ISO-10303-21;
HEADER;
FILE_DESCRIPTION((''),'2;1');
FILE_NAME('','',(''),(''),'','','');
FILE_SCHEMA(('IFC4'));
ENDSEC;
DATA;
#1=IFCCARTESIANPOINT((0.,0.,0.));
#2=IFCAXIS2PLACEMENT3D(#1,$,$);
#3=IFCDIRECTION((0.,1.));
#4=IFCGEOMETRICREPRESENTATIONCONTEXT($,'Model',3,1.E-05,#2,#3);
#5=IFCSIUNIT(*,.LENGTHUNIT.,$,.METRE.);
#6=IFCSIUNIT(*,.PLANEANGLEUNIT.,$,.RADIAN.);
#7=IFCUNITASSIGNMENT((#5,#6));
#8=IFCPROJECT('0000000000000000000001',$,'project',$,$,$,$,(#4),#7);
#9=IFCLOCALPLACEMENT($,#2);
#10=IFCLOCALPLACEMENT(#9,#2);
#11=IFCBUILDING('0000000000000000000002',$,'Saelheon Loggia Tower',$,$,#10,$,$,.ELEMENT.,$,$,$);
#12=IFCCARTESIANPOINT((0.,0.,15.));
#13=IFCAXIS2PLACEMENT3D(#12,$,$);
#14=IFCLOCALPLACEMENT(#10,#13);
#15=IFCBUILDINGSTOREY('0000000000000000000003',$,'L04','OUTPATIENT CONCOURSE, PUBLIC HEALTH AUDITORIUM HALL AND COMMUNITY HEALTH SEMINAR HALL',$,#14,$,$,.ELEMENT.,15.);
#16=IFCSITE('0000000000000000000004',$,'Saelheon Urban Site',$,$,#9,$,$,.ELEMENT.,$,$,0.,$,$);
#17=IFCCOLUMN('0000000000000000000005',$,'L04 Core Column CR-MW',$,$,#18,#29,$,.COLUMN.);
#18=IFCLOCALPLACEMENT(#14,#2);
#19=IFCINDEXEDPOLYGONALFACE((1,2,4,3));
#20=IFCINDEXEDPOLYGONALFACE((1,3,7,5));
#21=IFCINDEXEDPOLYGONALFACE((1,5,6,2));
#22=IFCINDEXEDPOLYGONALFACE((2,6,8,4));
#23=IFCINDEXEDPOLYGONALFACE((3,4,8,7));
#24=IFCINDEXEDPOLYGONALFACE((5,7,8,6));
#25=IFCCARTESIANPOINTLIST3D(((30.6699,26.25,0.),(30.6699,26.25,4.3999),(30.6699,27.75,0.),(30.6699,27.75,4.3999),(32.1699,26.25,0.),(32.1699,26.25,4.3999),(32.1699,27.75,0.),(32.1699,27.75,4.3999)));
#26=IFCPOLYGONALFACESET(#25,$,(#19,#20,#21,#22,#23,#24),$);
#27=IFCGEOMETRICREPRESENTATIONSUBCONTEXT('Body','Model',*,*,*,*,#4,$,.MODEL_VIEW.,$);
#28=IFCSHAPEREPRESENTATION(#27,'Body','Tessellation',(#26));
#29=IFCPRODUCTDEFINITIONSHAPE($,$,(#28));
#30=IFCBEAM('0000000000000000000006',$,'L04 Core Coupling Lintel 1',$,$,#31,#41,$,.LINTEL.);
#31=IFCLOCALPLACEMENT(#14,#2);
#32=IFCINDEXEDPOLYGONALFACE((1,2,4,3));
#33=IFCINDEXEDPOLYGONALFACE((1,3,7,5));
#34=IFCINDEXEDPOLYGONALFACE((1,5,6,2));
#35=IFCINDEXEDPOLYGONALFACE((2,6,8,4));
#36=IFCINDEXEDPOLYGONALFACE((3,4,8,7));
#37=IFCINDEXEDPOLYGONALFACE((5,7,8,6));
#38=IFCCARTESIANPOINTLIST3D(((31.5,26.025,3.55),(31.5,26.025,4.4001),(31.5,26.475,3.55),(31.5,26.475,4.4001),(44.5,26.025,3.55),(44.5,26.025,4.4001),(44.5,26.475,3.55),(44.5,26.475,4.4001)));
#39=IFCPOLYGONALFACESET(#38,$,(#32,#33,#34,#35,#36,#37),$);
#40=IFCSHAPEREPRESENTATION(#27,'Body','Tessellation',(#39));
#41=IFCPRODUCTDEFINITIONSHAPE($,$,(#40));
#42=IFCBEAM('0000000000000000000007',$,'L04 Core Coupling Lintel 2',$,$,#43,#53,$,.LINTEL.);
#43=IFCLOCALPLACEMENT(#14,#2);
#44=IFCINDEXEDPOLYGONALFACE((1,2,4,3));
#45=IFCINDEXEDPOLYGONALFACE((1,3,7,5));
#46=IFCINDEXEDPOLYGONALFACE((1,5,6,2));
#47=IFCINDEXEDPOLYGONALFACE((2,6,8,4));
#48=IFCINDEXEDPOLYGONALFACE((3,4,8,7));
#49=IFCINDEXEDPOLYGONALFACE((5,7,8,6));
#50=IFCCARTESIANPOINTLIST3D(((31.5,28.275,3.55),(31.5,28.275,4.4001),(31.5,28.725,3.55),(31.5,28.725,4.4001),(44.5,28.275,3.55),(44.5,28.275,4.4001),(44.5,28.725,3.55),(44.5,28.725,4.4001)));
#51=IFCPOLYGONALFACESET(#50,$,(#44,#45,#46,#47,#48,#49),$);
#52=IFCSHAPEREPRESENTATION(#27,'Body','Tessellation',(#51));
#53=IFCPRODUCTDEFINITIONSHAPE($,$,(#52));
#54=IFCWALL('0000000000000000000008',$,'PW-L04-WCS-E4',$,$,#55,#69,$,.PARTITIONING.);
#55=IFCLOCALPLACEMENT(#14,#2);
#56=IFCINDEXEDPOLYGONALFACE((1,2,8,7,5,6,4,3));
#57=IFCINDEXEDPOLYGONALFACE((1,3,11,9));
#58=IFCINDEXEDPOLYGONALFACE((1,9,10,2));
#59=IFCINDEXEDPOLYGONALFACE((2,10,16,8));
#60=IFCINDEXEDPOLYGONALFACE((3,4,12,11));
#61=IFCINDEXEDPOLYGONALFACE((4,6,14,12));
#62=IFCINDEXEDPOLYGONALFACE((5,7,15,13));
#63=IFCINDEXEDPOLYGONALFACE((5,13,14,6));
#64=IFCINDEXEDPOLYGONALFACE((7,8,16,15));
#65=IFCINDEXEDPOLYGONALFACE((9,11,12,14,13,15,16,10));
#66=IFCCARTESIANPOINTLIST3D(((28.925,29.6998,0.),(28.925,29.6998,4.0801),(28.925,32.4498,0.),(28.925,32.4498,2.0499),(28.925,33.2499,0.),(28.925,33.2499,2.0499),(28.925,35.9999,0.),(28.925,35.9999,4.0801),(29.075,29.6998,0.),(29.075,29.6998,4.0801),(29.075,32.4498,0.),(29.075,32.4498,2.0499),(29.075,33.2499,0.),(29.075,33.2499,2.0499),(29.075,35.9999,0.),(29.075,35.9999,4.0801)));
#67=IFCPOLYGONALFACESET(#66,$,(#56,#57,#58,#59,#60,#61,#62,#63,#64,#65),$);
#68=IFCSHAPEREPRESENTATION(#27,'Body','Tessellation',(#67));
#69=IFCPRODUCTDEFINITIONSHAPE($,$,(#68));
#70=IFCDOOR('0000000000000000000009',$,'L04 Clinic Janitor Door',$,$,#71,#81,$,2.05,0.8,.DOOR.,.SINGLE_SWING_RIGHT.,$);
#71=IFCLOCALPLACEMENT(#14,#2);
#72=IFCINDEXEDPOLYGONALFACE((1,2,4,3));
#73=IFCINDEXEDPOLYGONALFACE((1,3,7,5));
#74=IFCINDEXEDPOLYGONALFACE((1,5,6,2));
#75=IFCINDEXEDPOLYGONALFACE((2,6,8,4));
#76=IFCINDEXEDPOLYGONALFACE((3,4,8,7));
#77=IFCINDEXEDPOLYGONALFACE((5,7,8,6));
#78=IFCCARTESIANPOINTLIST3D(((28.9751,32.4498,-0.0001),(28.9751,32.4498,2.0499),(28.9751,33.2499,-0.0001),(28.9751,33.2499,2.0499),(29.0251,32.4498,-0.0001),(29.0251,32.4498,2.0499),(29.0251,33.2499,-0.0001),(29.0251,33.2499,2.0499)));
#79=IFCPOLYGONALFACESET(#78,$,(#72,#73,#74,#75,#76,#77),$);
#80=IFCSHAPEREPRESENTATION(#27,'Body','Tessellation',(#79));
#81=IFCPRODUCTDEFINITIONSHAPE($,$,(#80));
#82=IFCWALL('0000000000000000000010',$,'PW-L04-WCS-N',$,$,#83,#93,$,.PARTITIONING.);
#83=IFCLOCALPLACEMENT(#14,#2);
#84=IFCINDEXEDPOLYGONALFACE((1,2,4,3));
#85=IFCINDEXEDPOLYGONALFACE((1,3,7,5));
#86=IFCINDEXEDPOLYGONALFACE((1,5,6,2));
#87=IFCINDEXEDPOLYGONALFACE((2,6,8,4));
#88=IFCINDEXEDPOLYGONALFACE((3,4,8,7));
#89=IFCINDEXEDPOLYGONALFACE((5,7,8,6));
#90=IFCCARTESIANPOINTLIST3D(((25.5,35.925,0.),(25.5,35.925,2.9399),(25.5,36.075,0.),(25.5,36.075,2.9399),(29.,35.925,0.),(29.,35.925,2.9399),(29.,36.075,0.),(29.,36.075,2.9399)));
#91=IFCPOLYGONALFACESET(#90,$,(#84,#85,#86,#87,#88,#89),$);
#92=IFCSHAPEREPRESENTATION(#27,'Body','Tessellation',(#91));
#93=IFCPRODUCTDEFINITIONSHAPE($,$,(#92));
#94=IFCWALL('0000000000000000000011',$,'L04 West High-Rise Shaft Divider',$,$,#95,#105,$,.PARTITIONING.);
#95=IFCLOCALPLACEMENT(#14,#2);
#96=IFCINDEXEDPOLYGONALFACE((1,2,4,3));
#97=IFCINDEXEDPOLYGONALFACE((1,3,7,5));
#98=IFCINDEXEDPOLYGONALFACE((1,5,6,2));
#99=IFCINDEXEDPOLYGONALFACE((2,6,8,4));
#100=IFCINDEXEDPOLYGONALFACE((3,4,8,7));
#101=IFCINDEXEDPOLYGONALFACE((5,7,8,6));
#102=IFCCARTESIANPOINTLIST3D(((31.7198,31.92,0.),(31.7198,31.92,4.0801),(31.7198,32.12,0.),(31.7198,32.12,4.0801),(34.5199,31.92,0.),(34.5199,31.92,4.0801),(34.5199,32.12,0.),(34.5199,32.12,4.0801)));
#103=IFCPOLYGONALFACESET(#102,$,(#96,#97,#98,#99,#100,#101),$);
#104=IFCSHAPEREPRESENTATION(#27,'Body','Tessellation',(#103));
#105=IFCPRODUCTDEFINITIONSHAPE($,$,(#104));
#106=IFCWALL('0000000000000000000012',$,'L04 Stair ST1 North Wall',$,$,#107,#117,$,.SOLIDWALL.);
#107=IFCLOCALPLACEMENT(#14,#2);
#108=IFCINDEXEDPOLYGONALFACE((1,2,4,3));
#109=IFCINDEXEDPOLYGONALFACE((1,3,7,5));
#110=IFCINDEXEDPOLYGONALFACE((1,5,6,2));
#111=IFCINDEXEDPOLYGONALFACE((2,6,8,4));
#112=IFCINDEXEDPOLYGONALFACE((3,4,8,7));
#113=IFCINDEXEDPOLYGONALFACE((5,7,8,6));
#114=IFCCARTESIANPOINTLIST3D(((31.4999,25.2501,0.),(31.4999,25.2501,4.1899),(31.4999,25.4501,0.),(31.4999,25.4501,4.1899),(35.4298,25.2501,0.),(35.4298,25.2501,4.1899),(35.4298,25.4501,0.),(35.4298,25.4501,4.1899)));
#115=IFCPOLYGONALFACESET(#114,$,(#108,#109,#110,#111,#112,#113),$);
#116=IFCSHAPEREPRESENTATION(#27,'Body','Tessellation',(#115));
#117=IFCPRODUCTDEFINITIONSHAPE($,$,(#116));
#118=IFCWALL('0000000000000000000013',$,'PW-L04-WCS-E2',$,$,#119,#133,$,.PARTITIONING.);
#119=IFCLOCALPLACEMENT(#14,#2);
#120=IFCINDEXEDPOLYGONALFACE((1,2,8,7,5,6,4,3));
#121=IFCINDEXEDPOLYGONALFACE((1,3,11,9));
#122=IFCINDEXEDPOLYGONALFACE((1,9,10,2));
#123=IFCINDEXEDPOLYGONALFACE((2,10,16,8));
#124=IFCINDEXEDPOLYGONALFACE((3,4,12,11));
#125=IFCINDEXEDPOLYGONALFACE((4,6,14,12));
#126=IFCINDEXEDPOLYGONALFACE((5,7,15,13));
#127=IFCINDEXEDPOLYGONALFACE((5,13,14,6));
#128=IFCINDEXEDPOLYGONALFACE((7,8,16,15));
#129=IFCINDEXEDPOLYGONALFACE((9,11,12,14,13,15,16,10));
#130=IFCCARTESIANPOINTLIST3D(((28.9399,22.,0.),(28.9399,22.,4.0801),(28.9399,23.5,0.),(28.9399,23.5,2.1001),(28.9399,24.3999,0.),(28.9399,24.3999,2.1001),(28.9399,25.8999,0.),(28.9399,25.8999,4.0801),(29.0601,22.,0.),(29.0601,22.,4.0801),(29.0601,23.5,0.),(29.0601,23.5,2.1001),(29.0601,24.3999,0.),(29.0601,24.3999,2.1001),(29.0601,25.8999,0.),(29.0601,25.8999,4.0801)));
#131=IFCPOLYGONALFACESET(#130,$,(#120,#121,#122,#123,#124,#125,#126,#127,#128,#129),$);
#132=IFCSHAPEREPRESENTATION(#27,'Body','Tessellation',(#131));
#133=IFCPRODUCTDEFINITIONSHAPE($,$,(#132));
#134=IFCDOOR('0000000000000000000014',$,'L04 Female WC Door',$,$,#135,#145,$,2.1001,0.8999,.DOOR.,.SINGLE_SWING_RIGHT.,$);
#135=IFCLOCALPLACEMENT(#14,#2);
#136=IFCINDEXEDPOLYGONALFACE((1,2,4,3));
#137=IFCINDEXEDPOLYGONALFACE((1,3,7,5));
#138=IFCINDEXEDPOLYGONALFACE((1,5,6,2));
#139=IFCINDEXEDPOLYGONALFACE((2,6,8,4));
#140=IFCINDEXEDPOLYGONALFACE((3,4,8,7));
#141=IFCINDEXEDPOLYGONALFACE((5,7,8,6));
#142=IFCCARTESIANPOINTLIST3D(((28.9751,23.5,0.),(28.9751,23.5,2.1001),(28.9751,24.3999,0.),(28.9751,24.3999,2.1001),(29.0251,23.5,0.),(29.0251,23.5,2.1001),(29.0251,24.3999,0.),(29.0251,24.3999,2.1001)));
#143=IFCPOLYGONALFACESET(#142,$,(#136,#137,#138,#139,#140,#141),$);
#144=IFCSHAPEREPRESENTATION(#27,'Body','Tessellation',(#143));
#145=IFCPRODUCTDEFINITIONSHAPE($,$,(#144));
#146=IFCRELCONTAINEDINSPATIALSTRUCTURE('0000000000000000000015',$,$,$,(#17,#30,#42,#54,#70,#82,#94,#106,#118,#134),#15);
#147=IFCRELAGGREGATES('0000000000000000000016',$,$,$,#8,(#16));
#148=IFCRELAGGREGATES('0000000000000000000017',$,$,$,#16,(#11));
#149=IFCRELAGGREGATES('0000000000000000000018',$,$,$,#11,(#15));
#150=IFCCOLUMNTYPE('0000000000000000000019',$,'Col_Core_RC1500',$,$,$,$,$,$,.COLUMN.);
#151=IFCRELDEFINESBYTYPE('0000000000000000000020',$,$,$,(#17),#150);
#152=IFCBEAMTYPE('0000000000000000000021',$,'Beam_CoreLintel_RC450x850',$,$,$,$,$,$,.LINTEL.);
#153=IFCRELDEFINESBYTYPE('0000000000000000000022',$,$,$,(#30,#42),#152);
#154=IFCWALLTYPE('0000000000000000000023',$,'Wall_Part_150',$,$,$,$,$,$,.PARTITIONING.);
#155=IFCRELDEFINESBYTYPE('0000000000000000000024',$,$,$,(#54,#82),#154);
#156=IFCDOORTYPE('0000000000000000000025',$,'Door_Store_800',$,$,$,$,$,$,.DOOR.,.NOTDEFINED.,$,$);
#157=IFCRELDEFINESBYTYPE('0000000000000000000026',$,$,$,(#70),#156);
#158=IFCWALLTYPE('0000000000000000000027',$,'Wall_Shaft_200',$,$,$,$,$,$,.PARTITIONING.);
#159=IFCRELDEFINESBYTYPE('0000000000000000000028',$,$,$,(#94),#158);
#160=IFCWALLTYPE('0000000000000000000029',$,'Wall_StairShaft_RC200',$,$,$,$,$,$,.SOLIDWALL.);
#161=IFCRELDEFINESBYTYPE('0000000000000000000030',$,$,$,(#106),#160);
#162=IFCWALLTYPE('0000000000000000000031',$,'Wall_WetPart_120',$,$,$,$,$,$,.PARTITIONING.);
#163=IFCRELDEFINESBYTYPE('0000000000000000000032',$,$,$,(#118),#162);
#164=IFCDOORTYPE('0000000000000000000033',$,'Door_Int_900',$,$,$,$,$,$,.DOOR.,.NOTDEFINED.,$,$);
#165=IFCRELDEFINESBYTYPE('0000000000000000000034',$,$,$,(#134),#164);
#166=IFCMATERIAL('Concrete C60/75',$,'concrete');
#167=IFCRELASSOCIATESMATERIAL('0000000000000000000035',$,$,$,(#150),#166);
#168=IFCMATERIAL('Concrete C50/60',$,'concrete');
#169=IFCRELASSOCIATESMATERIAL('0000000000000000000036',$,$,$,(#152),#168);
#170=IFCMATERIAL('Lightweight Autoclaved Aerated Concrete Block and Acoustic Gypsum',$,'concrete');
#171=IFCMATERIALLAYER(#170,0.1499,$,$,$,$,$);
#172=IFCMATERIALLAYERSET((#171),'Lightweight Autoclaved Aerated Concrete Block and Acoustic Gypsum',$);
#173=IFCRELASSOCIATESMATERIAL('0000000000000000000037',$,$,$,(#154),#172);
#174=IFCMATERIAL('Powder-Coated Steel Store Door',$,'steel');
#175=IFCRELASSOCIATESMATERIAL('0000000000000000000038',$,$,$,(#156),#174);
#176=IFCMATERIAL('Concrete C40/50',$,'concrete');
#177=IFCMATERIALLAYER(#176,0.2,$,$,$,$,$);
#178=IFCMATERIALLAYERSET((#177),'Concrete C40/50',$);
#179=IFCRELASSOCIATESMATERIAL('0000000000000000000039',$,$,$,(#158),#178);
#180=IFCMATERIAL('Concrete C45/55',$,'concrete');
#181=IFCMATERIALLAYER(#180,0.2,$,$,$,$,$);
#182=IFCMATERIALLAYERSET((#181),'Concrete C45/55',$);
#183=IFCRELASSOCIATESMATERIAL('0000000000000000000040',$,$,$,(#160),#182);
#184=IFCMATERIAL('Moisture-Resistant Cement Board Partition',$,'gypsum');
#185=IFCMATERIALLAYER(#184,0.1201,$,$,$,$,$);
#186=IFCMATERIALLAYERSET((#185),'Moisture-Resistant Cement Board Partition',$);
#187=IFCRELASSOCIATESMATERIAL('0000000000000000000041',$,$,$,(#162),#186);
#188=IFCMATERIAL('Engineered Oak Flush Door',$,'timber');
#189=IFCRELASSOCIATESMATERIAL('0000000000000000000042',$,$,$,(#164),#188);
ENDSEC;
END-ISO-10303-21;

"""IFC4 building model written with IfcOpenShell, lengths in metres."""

from ifc_helpers import new_model, si_unit, direction, frame, frame_2d, origin, origin_2d, place, context, subcontext, project, spatial, rectangle, extrude, source, transform, mapped, material, layer, layer_set, material_profile, profile_set, type_object, element, fill, save


model = new_model("IFC4")

# Units and contexts
model_context = context("Model", 3, precision=1e-05, world=origin(), true_north=direction((0.0, 1.0)))
body_context = subcontext(model_context, "Body", "Model", "MODEL_VIEW")
ifc_project = project(units=[si_unit("LENGTHUNIT", "METRE"), si_unit("PLANEANGLEUNIT", "RADIAN")], contexts=[model_context])

# Site, building, storey
site_placement = place(None, origin())
site = spatial("IfcSite", under=ifc_project, at=site_placement, Name="Saelheon Urban Site", CompositionType="ELEMENT", RefElevation=0.0)
building_placement = place(site_placement, origin())
building = spatial("IfcBuilding", under=site, at=building_placement, Name="Saelheon Loggia Tower", CompositionType="ELEMENT")
storey_placement = place(building_placement, frame((0.0, 0.0, 15.0)))
storey = spatial("IfcBuildingStorey", under=building, at=storey_placement, Name="L04", Description="OUTPATIENT CONCOURSE, PUBLIC HEALTH AUDITORIUM HALL AND COMMUNITY HEALTH SEMINAR HALL", CompositionType="ELEMENT", Elevation=15.0)

# Column
ifc_material_1 = material(Name="Concrete C60/75", Category="concrete")
ifc_material_profile_1 = material_profile(ifc_material_1, rectangle(XDim=1.5, YDim=1.5, at=origin_2d()), Name="RC-1500x1500")
ifc_profile_set_1 = profile_set([ifc_material_profile_1], Name="Concrete C60/75")
column_type = type_object("IfcColumnType", Name="Col_Core_RC1500", PredefinedType="COLUMN", material=ifc_profile_set_1)
shared_shape_1 = source(origin(), body_context, "Body", "SweptSolid", [
    extrude(rectangle(XDim=1.5, YDim=1.5, at=origin_2d()), origin(), (0.0, 0.0, 1.0), 4.3999),
])
column_placement = place(storey_placement, frame((31.4199, 27.0, 0.0), z_axis=(0.0, 0.0, 1.0), x_axis=(1.0, 0.0, 0.0)))
element("IfcColumn", 1, at=column_placement, inside=storey, type_object=column_type, Name="L04 Core Column CR-MW", PredefinedType="COLUMN", context=body_context, shape_type="MappedRepresentation", body=[
    mapped(shared_shape_1, transform((0.0, 0.0, 0.0), scale=1.0)),
])

# Beams
ifc_material_2 = material(Name="Concrete C50/60", Category="concrete")
ifc_material_profile_2 = material_profile(ifc_material_2, rectangle(XDim=0.45, YDim=0.8501, at=origin_2d()), Name="RC-450x850")
ifc_profile_set_2 = profile_set([ifc_material_profile_2], Name="Concrete C50/60")
beam_type = type_object("IfcBeamType", Name="Beam_CoreLintel_RC450x850", PredefinedType="LINTEL", material=ifc_profile_set_2)
shared_shape_2 = source(origin(), body_context, "Body", "SweptSolid", [
    extrude(rectangle(XDim=0.45, YDim=0.8501, at=origin_2d()), origin(), (0.0, 0.0, 1.0), 13.0),
])
for number, where, z_axis, x_axis, name in (
    (2, (31.5, 26.25, 3.9751), (1.0, 0.0, 0.0), (0.0, 1.0, 0.0), "L04 Core Coupling Lintel 1"),
    (3, (31.5, 28.5, 3.9751), (1.0, 0.0, 0.0), (0.0, 1.0, 0.0), "L04 Core Coupling Lintel 2"),
):
    element("IfcBeam", number, at=place(storey_placement, frame(where, z_axis=z_axis, x_axis=x_axis)), inside=storey, type_object=beam_type, Name=name, PredefinedType="LINTEL", context=body_context, shape_type="MappedRepresentation", body=[
        mapped(shared_shape_2, transform((0.0, 0.0, 0.0), scale=1.0)),
    ])

# Wall, opening, door
ifc_material_3 = material(Name="Lightweight Autoclaved Aerated Concrete Block and Acoustic Gypsum", Category="concrete")
ifc_layer_1 = layer(ifc_material_3, 0.1499)
ifc_layer_set_1 = layer_set([ifc_layer_1], Name="Lightweight Autoclaved Aerated Concrete Block and Acoustic Gypsum")
wall_type_1 = type_object("IfcWallType", Name="Wall_Part_150", PredefinedType="PARTITIONING", material=ifc_layer_set_1)
wall_1_placement = place(storey_placement, frame((29.0, 29.7, 0.0), z_axis=(0.0, 0.0, 1.0), x_axis=(0.0, 1.0, 0.0)))
wall_1 = element("IfcWall", 4, at=wall_1_placement, inside=storey, type_object=wall_type_1, Name="PW-L04-WCS-E4", PredefinedType="PARTITIONING", context=body_context, shape_type="SweptSolid", body=[
    extrude(rectangle(XDim=6.3, YDim=0.1499, at=frame_2d((3.1499, 0.0))), origin(), (0.0, 0.0, 1.0), 4.0801),
])
opening_1_placement = place(wall_1_placement, frame((2.75, 0.0, 0.0)))
opening_1 = element("IfcOpeningElement", 5, at=opening_1_placement, cuts=wall_1, PredefinedType="OPENING", context=body_context, shape_type="SweptSolid", body=[
    extrude(rectangle(XDim=0.8, YDim=2.05, at=frame_2d((0.3999, 1.0249))), frame((0.0, 0.0869, 0.0), z_axis=(0.0, -1.0, 0.0), x_axis=(1.0, 0.0, 0.0)), (0.0, 0.0, 1.0), 0.1738),
])
ifc_material_4 = material(Name="Powder-Coated Steel Store Door", Category="steel")
door_type_1 = type_object("IfcDoorType", Name="Door_Store_800", OperationType="NOTDEFINED", PredefinedType="DOOR", material=ifc_material_4)
shared_shape_3 = source(origin(), body_context, "Body", "SweptSolid", [
    extrude(rectangle(XDim=0.8, YDim=2.05, at=frame_2d((0.3999, 1.0249))), frame((0.0, 0.0249, 0.0), z_axis=(0.0, -1.0, 0.0), x_axis=(1.0, 0.0, 0.0)), (0.0, 0.0, 1.0), 0.05),
])
door_1_placement = place(opening_1_placement, origin())
door_1 = element("IfcDoor", 6, at=door_1_placement, inside=storey, type_object=door_type_1, Name="L04 Clinic Janitor Door", OperationType="SINGLE_SWING_RIGHT", OverallHeight=2.05, OverallWidth=0.8, PredefinedType="DOOR", context=body_context, shape_type="MappedRepresentation", body=[
    mapped(shared_shape_3, transform((0.0, 0.0, 0.0), scale=1.0)),
])
fill(opening_1, door_1)

# Wall
wall_2_placement = place(storey_placement, frame((25.5, 36.0, 0.0), z_axis=(0.0, 0.0, 1.0), x_axis=(1.0, 0.0, 0.0)))
element("IfcWall", 7, at=wall_2_placement, inside=storey, type_object=wall_type_1, Name="PW-L04-WCS-N", PredefinedType="PARTITIONING", context=body_context, shape_type="SweptSolid", body=[
    extrude(rectangle(XDim=3.5, YDim=0.1499, at=frame_2d((1.75, 0.0))), origin(), (0.0, 0.0, 1.0), 2.9399),
])

# Shared definitions
ifc_material_5 = material(Name="Concrete C40/50", Category="concrete")
ifc_layer_2 = layer(ifc_material_5, 0.2)
ifc_layer_set_2 = layer_set([ifc_layer_2], Name="Concrete C40/50")
wall_type_2 = type_object("IfcWallType", Name="Wall_Shaft_200", PredefinedType="PARTITIONING", material=ifc_layer_set_2)

# Walls
wall_3_placement = place(storey_placement, frame((31.72, 32.02, 0.0), z_axis=(0.0, 0.0, 1.0), x_axis=(1.0, 0.0, 0.0)))
element("IfcWall", 8, at=wall_3_placement, inside=storey, type_object=wall_type_2, Name="L04 West High-Rise Shaft Divider", PredefinedType="PARTITIONING", context=body_context, shape_type="SweptSolid", body=[
    extrude(rectangle(XDim=2.8, YDim=0.2, at=frame_2d((1.3999, 0.0))), origin(), (0.0, 0.0, 1.0), 4.0801),
])
ifc_material_6 = material(Name="Concrete C45/55", Category="concrete")
ifc_layer_3 = layer(ifc_material_6, 0.2)
ifc_layer_set_3 = layer_set([ifc_layer_3], Name="Concrete C45/55")
wall_type_3 = type_object("IfcWallType", Name="Wall_StairShaft_RC200", PredefinedType="SOLIDWALL", material=ifc_layer_set_3)
wall_4_placement = place(storey_placement, frame((31.5, 25.3501, 0.0), z_axis=(0.0, 0.0, 1.0), x_axis=(1.0, 0.0, 0.0)))
element("IfcWall", 9, at=wall_4_placement, inside=storey, type_object=wall_type_3, Name="L04 Stair ST1 North Wall", PredefinedType="SOLIDWALL", context=body_context, shape_type="SweptSolid", body=[
    extrude(rectangle(XDim=3.9299, YDim=0.2, at=frame_2d((1.9648, 0.0))), origin(), (0.0, 0.0, 1.0), 4.1899),
])

# Wall, opening, door
ifc_material_7 = material(Name="Moisture-Resistant Cement Board Partition", Category="gypsum")
ifc_layer_4 = layer(ifc_material_7, 0.1201)
ifc_layer_set_4 = layer_set([ifc_layer_4], Name="Moisture-Resistant Cement Board Partition")
wall_type_4 = type_object("IfcWallType", Name="Wall_WetPart_120", PredefinedType="PARTITIONING", material=ifc_layer_set_4)
wall_5_placement = place(storey_placement, frame((29.0, 22.0, 0.0), z_axis=(0.0, 0.0, 1.0), x_axis=(0.0, 1.0, 0.0)))
wall_5 = element("IfcWall", 10, at=wall_5_placement, inside=storey, type_object=wall_type_4, Name="PW-L04-WCS-E2", PredefinedType="PARTITIONING", context=body_context, shape_type="SweptSolid", body=[
    extrude(rectangle(XDim=3.8999, YDim=0.1201, at=frame_2d((1.95, 0.0))), origin(), (0.0, 0.0, 1.0), 4.0801),
])
opening_2_placement = place(wall_5_placement, frame((1.5, 0.0, 0.0)))
opening_2 = element("IfcOpeningElement", 11, at=opening_2_placement, cuts=wall_5, PredefinedType="OPENING", context=body_context, shape_type="SweptSolid", body=[
    extrude(rectangle(XDim=0.8999, YDim=2.1001, at=frame_2d((0.45, 1.05))), frame((0.0, 0.072, 0.0), z_axis=(0.0, -1.0, 0.0), x_axis=(1.0, 0.0, 0.0)), (0.0, 0.0, 1.0), 0.144),
])
ifc_material_8 = material(Name="Engineered Oak Flush Door", Category="timber")
door_type_2 = type_object("IfcDoorType", Name="Door_Int_900", OperationType="NOTDEFINED", PredefinedType="DOOR", material=ifc_material_8)
shared_shape_4 = source(origin(), body_context, "Body", "SweptSolid", [
    extrude(rectangle(XDim=0.8999, YDim=2.1001, at=frame_2d((0.45, 1.05))), frame((0.0, 0.0249, 0.0), z_axis=(0.0, -1.0, 0.0), x_axis=(1.0, 0.0, 0.0)), (0.0, 0.0, 1.0), 0.05),
])
door_2_placement = place(opening_2_placement, origin())
door_2 = element("IfcDoor", 12, at=door_2_placement, inside=storey, type_object=door_type_2, Name="L04 Female WC Door", OperationType="SINGLE_SWING_RIGHT", OverallHeight=2.1001, OverallWidth=0.8999, PredefinedType="DOOR", context=body_context, shape_type="MappedRepresentation", body=[
    mapped(shared_shape_4, transform((0.0, 0.0, 0.0), scale=1.0)),
])
fill(opening_2, door_2)

save(model, "model.ifc")
